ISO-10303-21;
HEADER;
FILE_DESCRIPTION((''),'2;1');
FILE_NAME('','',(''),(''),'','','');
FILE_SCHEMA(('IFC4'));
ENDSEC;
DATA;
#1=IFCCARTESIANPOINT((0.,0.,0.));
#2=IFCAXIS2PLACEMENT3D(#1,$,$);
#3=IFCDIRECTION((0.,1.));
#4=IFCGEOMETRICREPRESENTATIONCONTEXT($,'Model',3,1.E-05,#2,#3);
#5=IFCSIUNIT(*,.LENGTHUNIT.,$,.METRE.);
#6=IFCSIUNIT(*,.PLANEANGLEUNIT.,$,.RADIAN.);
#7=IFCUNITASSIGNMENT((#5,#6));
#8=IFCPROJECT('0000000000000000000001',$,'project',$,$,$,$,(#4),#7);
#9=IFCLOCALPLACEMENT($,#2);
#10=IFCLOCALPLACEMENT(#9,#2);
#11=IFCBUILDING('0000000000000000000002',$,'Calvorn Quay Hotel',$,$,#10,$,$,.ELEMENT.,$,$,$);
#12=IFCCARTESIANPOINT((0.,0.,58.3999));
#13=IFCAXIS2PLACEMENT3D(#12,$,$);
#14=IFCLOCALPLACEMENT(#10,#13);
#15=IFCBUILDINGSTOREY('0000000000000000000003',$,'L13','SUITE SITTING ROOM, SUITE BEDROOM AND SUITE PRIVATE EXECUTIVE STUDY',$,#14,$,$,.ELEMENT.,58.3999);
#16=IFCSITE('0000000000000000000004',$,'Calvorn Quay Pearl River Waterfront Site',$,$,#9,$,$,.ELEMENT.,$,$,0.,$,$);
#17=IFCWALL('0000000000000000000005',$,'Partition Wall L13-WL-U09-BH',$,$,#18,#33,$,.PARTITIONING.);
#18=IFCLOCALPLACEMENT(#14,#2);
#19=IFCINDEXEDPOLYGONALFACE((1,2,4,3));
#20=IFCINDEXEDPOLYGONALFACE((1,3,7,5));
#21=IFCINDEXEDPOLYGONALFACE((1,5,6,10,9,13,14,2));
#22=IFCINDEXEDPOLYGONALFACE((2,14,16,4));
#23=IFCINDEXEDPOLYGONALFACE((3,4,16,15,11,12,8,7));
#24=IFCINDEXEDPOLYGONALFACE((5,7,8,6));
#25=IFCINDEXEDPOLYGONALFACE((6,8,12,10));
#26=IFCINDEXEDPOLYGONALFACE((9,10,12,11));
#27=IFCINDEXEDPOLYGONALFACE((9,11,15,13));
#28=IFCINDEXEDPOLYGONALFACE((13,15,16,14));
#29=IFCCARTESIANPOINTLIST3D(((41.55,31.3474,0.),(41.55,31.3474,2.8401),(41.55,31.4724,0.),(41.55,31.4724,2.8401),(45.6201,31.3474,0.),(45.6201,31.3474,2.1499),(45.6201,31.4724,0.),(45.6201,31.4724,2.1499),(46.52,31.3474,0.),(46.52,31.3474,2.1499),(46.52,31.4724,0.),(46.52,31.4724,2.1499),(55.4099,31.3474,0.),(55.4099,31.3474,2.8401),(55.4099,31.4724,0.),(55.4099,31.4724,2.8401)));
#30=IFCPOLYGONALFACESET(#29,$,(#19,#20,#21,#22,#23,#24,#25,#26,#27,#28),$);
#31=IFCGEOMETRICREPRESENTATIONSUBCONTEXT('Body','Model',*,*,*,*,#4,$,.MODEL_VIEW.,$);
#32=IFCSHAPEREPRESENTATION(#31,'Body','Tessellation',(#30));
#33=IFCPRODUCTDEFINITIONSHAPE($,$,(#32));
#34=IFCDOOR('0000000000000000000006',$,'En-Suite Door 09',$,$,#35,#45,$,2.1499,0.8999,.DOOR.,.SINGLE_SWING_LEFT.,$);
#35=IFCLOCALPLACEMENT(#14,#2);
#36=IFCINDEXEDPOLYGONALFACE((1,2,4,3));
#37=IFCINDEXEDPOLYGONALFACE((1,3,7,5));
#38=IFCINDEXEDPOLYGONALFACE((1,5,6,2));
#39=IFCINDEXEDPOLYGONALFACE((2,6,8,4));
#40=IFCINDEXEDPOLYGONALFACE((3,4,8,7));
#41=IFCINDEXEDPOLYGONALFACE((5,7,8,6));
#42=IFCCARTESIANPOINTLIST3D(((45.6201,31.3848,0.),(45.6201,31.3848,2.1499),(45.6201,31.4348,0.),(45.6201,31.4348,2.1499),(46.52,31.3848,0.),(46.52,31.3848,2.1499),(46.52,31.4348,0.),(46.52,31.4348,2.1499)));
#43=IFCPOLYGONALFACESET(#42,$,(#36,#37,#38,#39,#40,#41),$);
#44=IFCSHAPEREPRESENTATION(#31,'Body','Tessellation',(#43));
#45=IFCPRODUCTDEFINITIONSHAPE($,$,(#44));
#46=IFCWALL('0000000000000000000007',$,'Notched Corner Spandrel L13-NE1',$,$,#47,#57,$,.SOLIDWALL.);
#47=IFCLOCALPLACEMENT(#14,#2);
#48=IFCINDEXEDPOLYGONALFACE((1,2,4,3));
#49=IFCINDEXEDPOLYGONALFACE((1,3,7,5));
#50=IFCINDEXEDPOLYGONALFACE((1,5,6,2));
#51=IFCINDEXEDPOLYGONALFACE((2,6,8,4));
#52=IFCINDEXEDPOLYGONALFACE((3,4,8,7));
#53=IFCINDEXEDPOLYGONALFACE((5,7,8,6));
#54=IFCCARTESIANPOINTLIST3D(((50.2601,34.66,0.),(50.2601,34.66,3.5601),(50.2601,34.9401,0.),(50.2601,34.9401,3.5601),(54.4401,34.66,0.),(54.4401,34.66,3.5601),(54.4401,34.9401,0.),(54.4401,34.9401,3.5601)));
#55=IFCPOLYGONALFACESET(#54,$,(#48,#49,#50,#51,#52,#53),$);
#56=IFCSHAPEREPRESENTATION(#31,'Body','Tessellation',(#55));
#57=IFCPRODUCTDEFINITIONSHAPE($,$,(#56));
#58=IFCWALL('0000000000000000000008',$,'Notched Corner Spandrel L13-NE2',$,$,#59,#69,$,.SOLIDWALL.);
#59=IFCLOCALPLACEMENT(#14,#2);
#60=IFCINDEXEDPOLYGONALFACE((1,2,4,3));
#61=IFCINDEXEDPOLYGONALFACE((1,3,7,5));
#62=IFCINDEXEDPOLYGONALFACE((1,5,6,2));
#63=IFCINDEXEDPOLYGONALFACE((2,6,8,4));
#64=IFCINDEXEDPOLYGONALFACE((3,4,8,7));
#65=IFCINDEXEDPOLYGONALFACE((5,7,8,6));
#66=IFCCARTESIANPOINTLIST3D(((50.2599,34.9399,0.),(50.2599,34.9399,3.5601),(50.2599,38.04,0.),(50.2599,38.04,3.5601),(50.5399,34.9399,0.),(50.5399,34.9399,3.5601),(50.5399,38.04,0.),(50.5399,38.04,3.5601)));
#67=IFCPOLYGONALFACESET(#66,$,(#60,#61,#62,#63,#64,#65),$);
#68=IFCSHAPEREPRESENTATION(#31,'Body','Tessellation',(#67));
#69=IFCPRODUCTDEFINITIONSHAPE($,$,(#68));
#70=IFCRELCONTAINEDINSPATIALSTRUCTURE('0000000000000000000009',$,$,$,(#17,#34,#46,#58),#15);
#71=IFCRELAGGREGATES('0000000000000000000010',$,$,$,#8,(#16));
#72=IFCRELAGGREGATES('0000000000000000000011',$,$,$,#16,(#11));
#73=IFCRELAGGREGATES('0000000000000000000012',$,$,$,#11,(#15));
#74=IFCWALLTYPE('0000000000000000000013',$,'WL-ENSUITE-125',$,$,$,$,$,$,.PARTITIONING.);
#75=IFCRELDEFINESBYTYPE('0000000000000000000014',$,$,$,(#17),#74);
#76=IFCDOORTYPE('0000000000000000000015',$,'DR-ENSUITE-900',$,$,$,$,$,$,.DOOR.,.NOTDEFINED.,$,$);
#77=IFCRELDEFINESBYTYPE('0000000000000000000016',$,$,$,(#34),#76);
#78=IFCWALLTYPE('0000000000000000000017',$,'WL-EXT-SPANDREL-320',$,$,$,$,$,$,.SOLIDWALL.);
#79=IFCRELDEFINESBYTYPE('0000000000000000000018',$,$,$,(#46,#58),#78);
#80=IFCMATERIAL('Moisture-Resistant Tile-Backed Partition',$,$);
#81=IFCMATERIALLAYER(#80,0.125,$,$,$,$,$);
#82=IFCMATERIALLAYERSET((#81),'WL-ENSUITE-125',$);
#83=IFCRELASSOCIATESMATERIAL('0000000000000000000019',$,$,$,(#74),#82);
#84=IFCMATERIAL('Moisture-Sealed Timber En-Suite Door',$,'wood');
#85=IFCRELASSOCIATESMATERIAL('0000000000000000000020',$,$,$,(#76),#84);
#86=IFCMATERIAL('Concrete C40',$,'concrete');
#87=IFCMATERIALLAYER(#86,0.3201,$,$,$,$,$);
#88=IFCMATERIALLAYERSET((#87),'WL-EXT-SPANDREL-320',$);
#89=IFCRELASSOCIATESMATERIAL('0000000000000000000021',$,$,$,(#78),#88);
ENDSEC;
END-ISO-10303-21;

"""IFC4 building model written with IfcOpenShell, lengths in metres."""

from ifc_helpers import new_model, si_unit, direction, frame, frame_2d, origin, place, context, subcontext, project, spatial, rectangle, extrude, material, layer, layer_set, type_object, element, fill, save


model = new_model("IFC4")

# Units and contexts
model_context = context("Model", 3, precision=1e-05, world=origin(), true_north=direction((0.0, 1.0)))
body_context = subcontext(model_context, "Body", "Model", "MODEL_VIEW")
ifc_project = project(units=[si_unit("LENGTHUNIT", "METRE"), si_unit("PLANEANGLEUNIT", "RADIAN")], contexts=[model_context])

# Site, building, storey
site_placement = place(None, origin())
site = spatial("IfcSite", under=ifc_project, at=site_placement, Name="Calvorn Quay Pearl River Waterfront Site", CompositionType="ELEMENT", RefElevation=0.0)
building_placement = place(site_placement, origin())
building = spatial("IfcBuilding", under=site, at=building_placement, Name="Calvorn Quay Hotel", CompositionType="ELEMENT")
storey_placement = place(building_placement, frame((0.0, 0.0, 58.3999)))
storey = spatial("IfcBuildingStorey", under=building, at=storey_placement, Name="L13", Description="SUITE SITTING ROOM, SUITE BEDROOM AND SUITE PRIVATE EXECUTIVE STUDY", CompositionType="ELEMENT", Elevation=58.3999)

# Wall, opening, door
ifc_material_1 = material(Name="Moisture-Resistant Tile-Backed Partition")
ifc_layer_1 = layer(ifc_material_1, 0.125)
ifc_layer_set_1 = layer_set([ifc_layer_1], Name="WL-ENSUITE-125")
wall_type_1 = type_object("IfcWallType", Name="WL-ENSUITE-125", PredefinedType="PARTITIONING", material=ifc_layer_set_1)
wall_1_placement = place(storey_placement, frame((41.55, 31.4099, 0.0), z_axis=(0.0, 0.0, 1.0), x_axis=(1.0, 0.0, 0.0)))
wall_1 = element("IfcWall", 1, at=wall_1_placement, inside=storey, type_object=wall_type_1, Name="Partition Wall L13-WL-U09-BH", PredefinedType="PARTITIONING", context=body_context, shape_type="SweptSolid", body=[
    extrude(rectangle(XDim=13.8599, YDim=0.125, at=frame_2d((6.9299, 0.0))), origin(), (0.0, 0.0, 1.0), 2.8401),
])
opening_placement = place(wall_1_placement, frame((4.0701, 0.0, 0.0)))
opening = element("IfcOpeningElement", 2, at=opening_placement, cuts=wall_1, PredefinedType="OPENING", context=body_context, shape_type="SweptSolid", body=[
    extrude(rectangle(XDim=0.8999, YDim=2.1499, at=frame_2d((0.45, 1.075))), frame((0.0, 0.0725, 0.0), z_axis=(0.0, -1.0, 0.0), x_axis=(1.0, 0.0, 0.0)), (0.0, 0.0, 1.0), 0.145),
])
ifc_material_2 = material(Name="Moisture-Sealed Timber En-Suite Door", Category="wood")
door_type = type_object("IfcDoorType", Name="DR-ENSUITE-900", OperationType="NOTDEFINED", PredefinedType="DOOR", material=ifc_material_2)
door_placement = place(opening_placement, origin())
door = element("IfcDoor", 3, at=door_placement, inside=storey, type_object=door_type, Name="En-Suite Door 09", OperationType="SINGLE_SWING_LEFT", OverallHeight=2.1499, OverallWidth=0.8999, PredefinedType="DOOR", context=body_context, shape_type="SweptSolid", body=[
    extrude(rectangle(XDim=0.8999, YDim=2.1499, at=frame_2d((0.45, 1.075))), frame((0.0, 0.0249, 0.0), z_axis=(0.0, -1.0, 0.0), x_axis=(1.0, 0.0, 0.0)), (0.0, 0.0, 1.0), 0.05),
])
fill(opening, door)

# Walls
ifc_material_3 = material(Name="Concrete C40", Category="concrete")
ifc_layer_2 = layer(ifc_material_3, 0.3201)
ifc_layer_set_2 = layer_set([ifc_layer_2], Name="WL-EXT-SPANDREL-320")
wall_type_2 = type_object("IfcWallType", Name="WL-EXT-SPANDREL-320", PredefinedType="SOLIDWALL", material=ifc_layer_set_2)
wall_2_placement = place(storey_placement, frame((54.4399, 34.8, 0.0), z_axis=(0.0, 0.0, 1.0), x_axis=(-1.0, 0.0, 0.0)))
element("IfcWall", 4, at=wall_2_placement, inside=storey, type_object=wall_type_2, Name="Notched Corner Spandrel L13-NE1", PredefinedType="SOLIDWALL", context=body_context, shape_type="SweptSolid", body=[
    extrude(rectangle(XDim=4.1799, YDim=0.28, at=frame_2d((2.0898, 0.0))), origin(), (0.0, 0.0, 1.0), 3.5601),
])
wall_3_placement = place(storey_placement, frame((50.3999, 34.9399, 0.0), z_axis=(0.0, 0.0, 1.0), x_axis=(0.0, 1.0, 0.0)))
element("IfcWall", 5, at=wall_3_placement, inside=storey, type_object=wall_type_2, Name="Notched Corner Spandrel L13-NE2", PredefinedType="SOLIDWALL", context=body_context, shape_type="SweptSolid", body=[
    extrude(rectangle(XDim=3.1001, YDim=0.28, at=frame_2d((1.55, 0.0))), origin(), (0.0, 0.0, 1.0), 3.5601),
])

save(model, "model.ifc")
